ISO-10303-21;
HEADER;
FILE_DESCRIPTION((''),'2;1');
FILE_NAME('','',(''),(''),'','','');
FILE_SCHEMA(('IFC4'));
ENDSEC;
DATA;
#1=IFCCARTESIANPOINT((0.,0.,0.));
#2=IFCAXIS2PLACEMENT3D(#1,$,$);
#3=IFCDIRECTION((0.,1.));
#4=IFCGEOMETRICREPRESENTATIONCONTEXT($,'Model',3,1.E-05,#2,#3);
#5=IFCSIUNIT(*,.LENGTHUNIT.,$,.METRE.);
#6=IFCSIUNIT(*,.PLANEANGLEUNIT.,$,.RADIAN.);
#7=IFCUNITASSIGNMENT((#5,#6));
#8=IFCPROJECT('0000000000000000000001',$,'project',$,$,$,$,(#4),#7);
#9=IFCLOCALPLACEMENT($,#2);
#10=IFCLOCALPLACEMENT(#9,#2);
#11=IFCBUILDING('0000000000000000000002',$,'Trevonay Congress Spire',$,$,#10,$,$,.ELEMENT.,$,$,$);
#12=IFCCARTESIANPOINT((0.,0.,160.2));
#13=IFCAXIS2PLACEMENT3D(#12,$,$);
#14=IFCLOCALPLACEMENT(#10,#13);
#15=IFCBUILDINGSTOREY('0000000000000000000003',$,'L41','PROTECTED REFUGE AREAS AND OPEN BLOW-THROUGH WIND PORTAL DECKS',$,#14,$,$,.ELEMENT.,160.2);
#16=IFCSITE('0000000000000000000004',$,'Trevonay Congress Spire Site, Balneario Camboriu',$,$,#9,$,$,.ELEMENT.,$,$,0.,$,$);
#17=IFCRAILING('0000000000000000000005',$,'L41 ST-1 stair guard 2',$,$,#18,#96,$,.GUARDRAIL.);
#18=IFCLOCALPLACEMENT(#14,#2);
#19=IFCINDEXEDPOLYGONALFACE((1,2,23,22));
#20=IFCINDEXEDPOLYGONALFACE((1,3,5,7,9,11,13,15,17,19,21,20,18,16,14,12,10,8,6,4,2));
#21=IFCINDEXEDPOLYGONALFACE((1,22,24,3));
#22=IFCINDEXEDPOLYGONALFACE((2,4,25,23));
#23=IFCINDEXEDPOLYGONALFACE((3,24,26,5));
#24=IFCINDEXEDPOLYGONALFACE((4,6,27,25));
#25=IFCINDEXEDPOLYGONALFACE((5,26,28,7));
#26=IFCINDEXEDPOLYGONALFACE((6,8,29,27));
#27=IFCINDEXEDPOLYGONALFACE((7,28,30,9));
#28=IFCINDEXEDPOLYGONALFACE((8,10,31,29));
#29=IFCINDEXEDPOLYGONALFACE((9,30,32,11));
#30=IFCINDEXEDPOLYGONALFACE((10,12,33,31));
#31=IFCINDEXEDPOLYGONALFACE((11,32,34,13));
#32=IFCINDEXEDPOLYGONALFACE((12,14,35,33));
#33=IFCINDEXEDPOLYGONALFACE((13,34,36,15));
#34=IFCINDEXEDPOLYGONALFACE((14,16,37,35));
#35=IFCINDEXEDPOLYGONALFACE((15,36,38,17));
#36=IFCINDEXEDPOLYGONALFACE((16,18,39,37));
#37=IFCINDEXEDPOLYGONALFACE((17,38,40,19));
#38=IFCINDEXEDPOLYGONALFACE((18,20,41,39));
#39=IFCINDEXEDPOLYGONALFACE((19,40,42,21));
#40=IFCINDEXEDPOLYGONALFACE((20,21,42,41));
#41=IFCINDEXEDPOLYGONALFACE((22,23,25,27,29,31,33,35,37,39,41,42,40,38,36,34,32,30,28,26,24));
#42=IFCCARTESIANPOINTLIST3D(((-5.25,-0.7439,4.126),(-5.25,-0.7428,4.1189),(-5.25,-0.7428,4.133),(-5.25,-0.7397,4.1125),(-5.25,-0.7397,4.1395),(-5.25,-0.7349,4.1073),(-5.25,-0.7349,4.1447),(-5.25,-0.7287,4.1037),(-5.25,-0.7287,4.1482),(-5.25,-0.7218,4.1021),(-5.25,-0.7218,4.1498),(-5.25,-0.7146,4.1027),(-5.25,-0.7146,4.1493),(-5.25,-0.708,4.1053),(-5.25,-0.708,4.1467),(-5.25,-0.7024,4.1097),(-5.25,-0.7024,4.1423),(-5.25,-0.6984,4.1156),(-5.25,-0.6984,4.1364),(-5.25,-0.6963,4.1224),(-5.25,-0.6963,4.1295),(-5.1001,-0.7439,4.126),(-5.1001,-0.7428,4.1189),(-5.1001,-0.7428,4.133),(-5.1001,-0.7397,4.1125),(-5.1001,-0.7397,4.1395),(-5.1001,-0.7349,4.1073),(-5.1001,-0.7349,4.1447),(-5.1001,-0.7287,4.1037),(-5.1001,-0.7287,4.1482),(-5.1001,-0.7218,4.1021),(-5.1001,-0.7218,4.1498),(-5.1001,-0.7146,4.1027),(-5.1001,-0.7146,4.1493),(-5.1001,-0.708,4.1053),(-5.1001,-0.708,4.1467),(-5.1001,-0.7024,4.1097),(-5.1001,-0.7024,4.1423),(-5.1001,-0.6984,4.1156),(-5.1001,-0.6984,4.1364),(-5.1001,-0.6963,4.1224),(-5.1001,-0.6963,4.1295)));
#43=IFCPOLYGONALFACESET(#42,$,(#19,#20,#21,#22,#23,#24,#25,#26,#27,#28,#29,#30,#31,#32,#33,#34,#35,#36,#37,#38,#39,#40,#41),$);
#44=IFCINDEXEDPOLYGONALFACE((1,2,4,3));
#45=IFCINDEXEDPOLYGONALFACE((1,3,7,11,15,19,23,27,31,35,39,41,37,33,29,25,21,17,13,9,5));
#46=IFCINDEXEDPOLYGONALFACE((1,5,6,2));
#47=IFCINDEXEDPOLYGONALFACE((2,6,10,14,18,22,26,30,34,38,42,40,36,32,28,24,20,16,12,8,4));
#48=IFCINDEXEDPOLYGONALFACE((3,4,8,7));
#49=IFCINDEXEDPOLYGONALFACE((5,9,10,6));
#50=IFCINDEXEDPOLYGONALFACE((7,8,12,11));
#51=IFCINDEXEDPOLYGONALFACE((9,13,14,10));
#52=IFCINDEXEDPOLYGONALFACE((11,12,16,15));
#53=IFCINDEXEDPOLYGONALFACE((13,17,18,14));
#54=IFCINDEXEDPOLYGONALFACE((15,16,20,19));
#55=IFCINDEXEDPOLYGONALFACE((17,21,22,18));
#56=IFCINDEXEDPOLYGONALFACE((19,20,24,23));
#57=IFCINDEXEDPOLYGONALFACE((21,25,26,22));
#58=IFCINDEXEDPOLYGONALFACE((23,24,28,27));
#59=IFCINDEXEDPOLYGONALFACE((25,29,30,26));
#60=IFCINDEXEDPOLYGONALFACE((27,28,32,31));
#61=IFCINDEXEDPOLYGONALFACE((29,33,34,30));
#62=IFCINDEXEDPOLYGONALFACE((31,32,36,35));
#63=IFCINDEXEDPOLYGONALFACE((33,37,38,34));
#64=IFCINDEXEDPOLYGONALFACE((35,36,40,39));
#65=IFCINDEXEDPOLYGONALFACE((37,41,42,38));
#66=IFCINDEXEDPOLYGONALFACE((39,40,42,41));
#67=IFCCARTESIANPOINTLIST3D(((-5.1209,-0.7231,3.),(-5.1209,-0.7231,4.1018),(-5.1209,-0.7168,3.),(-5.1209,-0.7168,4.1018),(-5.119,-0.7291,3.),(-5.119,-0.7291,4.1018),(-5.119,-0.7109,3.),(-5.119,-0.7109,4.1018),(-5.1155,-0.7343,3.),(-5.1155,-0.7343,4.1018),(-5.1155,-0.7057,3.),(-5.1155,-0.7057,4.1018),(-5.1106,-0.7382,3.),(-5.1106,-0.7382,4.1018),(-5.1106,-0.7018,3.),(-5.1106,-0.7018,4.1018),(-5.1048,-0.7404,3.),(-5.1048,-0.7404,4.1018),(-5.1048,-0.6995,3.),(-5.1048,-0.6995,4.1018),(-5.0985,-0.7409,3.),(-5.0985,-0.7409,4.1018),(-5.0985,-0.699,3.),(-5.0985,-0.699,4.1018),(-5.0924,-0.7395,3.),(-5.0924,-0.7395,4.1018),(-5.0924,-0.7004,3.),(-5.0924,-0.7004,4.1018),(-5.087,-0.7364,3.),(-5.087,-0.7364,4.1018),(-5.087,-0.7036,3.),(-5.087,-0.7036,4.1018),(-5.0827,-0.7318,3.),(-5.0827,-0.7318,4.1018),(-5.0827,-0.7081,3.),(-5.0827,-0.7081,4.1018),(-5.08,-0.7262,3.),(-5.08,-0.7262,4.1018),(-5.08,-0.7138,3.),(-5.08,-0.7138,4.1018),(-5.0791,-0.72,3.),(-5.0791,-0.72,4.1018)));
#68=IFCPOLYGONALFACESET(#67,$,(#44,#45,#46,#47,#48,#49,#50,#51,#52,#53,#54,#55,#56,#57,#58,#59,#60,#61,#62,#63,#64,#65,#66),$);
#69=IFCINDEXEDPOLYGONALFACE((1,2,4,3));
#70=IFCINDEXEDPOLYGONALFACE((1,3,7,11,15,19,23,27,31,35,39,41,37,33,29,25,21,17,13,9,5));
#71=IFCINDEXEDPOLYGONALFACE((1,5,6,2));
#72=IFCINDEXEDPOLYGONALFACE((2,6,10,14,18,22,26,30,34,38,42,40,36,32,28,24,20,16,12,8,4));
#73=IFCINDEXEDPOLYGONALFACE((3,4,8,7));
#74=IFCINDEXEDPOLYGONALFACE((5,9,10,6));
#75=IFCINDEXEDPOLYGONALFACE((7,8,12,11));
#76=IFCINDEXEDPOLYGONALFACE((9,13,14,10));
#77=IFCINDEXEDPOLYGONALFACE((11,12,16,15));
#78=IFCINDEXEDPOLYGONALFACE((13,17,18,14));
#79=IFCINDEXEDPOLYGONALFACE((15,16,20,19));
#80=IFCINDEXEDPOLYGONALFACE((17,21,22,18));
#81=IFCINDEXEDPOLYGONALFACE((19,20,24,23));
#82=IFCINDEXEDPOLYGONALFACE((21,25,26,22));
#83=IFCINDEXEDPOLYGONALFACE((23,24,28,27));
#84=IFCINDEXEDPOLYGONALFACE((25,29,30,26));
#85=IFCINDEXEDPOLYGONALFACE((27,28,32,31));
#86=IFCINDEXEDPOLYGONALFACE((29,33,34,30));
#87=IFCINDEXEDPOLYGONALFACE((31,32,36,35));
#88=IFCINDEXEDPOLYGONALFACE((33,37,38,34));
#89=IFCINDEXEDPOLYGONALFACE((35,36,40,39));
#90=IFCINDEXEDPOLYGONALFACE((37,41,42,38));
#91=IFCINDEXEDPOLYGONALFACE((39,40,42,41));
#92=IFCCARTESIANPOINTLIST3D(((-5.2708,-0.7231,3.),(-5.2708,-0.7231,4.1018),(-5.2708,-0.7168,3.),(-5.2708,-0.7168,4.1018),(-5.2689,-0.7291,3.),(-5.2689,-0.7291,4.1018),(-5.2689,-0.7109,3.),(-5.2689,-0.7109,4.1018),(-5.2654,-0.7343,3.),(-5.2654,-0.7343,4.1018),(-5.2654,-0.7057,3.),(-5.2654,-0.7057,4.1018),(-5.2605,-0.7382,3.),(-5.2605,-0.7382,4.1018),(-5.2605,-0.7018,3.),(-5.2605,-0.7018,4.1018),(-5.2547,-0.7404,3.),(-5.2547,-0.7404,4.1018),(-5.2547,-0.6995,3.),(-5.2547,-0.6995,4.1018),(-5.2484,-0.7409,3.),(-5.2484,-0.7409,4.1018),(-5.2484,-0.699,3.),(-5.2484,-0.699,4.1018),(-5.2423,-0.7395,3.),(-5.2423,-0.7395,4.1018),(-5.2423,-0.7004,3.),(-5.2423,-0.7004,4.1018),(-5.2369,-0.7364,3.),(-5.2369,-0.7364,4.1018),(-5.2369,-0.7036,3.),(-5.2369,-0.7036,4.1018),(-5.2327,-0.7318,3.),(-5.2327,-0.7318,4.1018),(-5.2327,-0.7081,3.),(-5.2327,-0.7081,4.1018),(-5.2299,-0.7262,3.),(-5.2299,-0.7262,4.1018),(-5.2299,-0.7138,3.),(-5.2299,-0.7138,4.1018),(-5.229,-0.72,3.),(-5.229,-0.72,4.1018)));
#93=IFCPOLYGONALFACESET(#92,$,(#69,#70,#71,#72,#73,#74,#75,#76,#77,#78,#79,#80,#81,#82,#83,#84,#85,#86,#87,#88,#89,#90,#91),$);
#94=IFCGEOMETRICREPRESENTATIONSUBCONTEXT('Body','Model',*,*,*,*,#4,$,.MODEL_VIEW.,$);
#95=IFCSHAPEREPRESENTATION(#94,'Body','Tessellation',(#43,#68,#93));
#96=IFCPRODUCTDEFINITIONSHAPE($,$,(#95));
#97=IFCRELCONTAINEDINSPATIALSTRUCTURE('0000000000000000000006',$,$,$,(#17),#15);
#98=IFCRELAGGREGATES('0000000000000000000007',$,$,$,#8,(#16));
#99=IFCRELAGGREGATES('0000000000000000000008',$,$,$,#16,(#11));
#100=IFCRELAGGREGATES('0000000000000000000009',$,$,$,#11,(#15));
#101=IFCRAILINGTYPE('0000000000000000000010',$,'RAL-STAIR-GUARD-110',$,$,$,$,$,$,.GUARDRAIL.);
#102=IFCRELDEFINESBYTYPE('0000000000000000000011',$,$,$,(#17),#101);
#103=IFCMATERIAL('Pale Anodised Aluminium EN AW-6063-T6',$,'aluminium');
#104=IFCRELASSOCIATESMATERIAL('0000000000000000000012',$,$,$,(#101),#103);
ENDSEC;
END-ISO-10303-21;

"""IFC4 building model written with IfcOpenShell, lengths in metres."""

from ifc_helpers import new_model, si_unit, direction, frame, origin, origin_2d, place, context, subcontext, project, spatial, circle, extrude, material, type_object, element, save


model = new_model("IFC4")

# Units and contexts
model_context = context("Model", 3, precision=1e-05, world=origin(), true_north=direction((0.0, 1.0)))
body_context = subcontext(model_context, "Body", "Model", "MODEL_VIEW")
ifc_project = project(units=[si_unit("LENGTHUNIT", "METRE"), si_unit("PLANEANGLEUNIT", "RADIAN")], contexts=[model_context])

# Site, building, storey
site_placement = place(None, origin())
site = spatial("IfcSite", under=ifc_project, at=site_placement, Name="Trevonay Congress Spire Site, Balneario Camboriu", CompositionType="ELEMENT", RefElevation=0.0)
building_placement = place(site_placement, origin())
building = spatial("IfcBuilding", under=site, at=building_placement, Name="Trevonay Congress Spire", CompositionType="ELEMENT")
storey_placement = place(building_placement, frame((0.0, 0.0, 160.2)))
storey = spatial("IfcBuildingStorey", under=building, at=storey_placement, Name="L41", Description="PROTECTED REFUGE AREAS AND OPEN BLOW-THROUGH WIND PORTAL DECKS", CompositionType="ELEMENT", Elevation=160.2)

# Shared definitions
ifc_material_1 = material(Name="Pale Anodised Aluminium EN AW-6063-T6", Category="aluminium")

# Railing
railing_type = type_object("IfcRailingType", Name="RAL-STAIR-GUARD-110", PredefinedType="GUARDRAIL", material=ifc_material_1)
railing_1_placement = place(storey_placement, frame((-5.1001, -0.72, 3.0)))
element("IfcRailing", 1, at=railing_1_placement, inside=storey, type_object=railing_type, Name="L41 ST-1 stair guard 2", PredefinedType="GUARDRAIL", context=body_context, shape_type="SweptSolid", body=[
    extrude(circle(Radius=0.0239, at=origin_2d()), frame((0.0, 0.0, 1.126), z_axis=(-1.0, 0.0, 0.0), x_axis=(0.0, -1.0, 0.0)), (0.0, 0.0, 1.0), 0.1499),
    extrude(circle(Radius=0.021, at=origin_2d()), origin(), (0.0, 0.0, 1.0), 1.1018),
    extrude(circle(Radius=0.021, at=origin_2d()), frame((-0.1499, 0.0, 0.0)), (0.0, 0.0, 1.0), 1.1018),
])

save(model, "model.ifc")
